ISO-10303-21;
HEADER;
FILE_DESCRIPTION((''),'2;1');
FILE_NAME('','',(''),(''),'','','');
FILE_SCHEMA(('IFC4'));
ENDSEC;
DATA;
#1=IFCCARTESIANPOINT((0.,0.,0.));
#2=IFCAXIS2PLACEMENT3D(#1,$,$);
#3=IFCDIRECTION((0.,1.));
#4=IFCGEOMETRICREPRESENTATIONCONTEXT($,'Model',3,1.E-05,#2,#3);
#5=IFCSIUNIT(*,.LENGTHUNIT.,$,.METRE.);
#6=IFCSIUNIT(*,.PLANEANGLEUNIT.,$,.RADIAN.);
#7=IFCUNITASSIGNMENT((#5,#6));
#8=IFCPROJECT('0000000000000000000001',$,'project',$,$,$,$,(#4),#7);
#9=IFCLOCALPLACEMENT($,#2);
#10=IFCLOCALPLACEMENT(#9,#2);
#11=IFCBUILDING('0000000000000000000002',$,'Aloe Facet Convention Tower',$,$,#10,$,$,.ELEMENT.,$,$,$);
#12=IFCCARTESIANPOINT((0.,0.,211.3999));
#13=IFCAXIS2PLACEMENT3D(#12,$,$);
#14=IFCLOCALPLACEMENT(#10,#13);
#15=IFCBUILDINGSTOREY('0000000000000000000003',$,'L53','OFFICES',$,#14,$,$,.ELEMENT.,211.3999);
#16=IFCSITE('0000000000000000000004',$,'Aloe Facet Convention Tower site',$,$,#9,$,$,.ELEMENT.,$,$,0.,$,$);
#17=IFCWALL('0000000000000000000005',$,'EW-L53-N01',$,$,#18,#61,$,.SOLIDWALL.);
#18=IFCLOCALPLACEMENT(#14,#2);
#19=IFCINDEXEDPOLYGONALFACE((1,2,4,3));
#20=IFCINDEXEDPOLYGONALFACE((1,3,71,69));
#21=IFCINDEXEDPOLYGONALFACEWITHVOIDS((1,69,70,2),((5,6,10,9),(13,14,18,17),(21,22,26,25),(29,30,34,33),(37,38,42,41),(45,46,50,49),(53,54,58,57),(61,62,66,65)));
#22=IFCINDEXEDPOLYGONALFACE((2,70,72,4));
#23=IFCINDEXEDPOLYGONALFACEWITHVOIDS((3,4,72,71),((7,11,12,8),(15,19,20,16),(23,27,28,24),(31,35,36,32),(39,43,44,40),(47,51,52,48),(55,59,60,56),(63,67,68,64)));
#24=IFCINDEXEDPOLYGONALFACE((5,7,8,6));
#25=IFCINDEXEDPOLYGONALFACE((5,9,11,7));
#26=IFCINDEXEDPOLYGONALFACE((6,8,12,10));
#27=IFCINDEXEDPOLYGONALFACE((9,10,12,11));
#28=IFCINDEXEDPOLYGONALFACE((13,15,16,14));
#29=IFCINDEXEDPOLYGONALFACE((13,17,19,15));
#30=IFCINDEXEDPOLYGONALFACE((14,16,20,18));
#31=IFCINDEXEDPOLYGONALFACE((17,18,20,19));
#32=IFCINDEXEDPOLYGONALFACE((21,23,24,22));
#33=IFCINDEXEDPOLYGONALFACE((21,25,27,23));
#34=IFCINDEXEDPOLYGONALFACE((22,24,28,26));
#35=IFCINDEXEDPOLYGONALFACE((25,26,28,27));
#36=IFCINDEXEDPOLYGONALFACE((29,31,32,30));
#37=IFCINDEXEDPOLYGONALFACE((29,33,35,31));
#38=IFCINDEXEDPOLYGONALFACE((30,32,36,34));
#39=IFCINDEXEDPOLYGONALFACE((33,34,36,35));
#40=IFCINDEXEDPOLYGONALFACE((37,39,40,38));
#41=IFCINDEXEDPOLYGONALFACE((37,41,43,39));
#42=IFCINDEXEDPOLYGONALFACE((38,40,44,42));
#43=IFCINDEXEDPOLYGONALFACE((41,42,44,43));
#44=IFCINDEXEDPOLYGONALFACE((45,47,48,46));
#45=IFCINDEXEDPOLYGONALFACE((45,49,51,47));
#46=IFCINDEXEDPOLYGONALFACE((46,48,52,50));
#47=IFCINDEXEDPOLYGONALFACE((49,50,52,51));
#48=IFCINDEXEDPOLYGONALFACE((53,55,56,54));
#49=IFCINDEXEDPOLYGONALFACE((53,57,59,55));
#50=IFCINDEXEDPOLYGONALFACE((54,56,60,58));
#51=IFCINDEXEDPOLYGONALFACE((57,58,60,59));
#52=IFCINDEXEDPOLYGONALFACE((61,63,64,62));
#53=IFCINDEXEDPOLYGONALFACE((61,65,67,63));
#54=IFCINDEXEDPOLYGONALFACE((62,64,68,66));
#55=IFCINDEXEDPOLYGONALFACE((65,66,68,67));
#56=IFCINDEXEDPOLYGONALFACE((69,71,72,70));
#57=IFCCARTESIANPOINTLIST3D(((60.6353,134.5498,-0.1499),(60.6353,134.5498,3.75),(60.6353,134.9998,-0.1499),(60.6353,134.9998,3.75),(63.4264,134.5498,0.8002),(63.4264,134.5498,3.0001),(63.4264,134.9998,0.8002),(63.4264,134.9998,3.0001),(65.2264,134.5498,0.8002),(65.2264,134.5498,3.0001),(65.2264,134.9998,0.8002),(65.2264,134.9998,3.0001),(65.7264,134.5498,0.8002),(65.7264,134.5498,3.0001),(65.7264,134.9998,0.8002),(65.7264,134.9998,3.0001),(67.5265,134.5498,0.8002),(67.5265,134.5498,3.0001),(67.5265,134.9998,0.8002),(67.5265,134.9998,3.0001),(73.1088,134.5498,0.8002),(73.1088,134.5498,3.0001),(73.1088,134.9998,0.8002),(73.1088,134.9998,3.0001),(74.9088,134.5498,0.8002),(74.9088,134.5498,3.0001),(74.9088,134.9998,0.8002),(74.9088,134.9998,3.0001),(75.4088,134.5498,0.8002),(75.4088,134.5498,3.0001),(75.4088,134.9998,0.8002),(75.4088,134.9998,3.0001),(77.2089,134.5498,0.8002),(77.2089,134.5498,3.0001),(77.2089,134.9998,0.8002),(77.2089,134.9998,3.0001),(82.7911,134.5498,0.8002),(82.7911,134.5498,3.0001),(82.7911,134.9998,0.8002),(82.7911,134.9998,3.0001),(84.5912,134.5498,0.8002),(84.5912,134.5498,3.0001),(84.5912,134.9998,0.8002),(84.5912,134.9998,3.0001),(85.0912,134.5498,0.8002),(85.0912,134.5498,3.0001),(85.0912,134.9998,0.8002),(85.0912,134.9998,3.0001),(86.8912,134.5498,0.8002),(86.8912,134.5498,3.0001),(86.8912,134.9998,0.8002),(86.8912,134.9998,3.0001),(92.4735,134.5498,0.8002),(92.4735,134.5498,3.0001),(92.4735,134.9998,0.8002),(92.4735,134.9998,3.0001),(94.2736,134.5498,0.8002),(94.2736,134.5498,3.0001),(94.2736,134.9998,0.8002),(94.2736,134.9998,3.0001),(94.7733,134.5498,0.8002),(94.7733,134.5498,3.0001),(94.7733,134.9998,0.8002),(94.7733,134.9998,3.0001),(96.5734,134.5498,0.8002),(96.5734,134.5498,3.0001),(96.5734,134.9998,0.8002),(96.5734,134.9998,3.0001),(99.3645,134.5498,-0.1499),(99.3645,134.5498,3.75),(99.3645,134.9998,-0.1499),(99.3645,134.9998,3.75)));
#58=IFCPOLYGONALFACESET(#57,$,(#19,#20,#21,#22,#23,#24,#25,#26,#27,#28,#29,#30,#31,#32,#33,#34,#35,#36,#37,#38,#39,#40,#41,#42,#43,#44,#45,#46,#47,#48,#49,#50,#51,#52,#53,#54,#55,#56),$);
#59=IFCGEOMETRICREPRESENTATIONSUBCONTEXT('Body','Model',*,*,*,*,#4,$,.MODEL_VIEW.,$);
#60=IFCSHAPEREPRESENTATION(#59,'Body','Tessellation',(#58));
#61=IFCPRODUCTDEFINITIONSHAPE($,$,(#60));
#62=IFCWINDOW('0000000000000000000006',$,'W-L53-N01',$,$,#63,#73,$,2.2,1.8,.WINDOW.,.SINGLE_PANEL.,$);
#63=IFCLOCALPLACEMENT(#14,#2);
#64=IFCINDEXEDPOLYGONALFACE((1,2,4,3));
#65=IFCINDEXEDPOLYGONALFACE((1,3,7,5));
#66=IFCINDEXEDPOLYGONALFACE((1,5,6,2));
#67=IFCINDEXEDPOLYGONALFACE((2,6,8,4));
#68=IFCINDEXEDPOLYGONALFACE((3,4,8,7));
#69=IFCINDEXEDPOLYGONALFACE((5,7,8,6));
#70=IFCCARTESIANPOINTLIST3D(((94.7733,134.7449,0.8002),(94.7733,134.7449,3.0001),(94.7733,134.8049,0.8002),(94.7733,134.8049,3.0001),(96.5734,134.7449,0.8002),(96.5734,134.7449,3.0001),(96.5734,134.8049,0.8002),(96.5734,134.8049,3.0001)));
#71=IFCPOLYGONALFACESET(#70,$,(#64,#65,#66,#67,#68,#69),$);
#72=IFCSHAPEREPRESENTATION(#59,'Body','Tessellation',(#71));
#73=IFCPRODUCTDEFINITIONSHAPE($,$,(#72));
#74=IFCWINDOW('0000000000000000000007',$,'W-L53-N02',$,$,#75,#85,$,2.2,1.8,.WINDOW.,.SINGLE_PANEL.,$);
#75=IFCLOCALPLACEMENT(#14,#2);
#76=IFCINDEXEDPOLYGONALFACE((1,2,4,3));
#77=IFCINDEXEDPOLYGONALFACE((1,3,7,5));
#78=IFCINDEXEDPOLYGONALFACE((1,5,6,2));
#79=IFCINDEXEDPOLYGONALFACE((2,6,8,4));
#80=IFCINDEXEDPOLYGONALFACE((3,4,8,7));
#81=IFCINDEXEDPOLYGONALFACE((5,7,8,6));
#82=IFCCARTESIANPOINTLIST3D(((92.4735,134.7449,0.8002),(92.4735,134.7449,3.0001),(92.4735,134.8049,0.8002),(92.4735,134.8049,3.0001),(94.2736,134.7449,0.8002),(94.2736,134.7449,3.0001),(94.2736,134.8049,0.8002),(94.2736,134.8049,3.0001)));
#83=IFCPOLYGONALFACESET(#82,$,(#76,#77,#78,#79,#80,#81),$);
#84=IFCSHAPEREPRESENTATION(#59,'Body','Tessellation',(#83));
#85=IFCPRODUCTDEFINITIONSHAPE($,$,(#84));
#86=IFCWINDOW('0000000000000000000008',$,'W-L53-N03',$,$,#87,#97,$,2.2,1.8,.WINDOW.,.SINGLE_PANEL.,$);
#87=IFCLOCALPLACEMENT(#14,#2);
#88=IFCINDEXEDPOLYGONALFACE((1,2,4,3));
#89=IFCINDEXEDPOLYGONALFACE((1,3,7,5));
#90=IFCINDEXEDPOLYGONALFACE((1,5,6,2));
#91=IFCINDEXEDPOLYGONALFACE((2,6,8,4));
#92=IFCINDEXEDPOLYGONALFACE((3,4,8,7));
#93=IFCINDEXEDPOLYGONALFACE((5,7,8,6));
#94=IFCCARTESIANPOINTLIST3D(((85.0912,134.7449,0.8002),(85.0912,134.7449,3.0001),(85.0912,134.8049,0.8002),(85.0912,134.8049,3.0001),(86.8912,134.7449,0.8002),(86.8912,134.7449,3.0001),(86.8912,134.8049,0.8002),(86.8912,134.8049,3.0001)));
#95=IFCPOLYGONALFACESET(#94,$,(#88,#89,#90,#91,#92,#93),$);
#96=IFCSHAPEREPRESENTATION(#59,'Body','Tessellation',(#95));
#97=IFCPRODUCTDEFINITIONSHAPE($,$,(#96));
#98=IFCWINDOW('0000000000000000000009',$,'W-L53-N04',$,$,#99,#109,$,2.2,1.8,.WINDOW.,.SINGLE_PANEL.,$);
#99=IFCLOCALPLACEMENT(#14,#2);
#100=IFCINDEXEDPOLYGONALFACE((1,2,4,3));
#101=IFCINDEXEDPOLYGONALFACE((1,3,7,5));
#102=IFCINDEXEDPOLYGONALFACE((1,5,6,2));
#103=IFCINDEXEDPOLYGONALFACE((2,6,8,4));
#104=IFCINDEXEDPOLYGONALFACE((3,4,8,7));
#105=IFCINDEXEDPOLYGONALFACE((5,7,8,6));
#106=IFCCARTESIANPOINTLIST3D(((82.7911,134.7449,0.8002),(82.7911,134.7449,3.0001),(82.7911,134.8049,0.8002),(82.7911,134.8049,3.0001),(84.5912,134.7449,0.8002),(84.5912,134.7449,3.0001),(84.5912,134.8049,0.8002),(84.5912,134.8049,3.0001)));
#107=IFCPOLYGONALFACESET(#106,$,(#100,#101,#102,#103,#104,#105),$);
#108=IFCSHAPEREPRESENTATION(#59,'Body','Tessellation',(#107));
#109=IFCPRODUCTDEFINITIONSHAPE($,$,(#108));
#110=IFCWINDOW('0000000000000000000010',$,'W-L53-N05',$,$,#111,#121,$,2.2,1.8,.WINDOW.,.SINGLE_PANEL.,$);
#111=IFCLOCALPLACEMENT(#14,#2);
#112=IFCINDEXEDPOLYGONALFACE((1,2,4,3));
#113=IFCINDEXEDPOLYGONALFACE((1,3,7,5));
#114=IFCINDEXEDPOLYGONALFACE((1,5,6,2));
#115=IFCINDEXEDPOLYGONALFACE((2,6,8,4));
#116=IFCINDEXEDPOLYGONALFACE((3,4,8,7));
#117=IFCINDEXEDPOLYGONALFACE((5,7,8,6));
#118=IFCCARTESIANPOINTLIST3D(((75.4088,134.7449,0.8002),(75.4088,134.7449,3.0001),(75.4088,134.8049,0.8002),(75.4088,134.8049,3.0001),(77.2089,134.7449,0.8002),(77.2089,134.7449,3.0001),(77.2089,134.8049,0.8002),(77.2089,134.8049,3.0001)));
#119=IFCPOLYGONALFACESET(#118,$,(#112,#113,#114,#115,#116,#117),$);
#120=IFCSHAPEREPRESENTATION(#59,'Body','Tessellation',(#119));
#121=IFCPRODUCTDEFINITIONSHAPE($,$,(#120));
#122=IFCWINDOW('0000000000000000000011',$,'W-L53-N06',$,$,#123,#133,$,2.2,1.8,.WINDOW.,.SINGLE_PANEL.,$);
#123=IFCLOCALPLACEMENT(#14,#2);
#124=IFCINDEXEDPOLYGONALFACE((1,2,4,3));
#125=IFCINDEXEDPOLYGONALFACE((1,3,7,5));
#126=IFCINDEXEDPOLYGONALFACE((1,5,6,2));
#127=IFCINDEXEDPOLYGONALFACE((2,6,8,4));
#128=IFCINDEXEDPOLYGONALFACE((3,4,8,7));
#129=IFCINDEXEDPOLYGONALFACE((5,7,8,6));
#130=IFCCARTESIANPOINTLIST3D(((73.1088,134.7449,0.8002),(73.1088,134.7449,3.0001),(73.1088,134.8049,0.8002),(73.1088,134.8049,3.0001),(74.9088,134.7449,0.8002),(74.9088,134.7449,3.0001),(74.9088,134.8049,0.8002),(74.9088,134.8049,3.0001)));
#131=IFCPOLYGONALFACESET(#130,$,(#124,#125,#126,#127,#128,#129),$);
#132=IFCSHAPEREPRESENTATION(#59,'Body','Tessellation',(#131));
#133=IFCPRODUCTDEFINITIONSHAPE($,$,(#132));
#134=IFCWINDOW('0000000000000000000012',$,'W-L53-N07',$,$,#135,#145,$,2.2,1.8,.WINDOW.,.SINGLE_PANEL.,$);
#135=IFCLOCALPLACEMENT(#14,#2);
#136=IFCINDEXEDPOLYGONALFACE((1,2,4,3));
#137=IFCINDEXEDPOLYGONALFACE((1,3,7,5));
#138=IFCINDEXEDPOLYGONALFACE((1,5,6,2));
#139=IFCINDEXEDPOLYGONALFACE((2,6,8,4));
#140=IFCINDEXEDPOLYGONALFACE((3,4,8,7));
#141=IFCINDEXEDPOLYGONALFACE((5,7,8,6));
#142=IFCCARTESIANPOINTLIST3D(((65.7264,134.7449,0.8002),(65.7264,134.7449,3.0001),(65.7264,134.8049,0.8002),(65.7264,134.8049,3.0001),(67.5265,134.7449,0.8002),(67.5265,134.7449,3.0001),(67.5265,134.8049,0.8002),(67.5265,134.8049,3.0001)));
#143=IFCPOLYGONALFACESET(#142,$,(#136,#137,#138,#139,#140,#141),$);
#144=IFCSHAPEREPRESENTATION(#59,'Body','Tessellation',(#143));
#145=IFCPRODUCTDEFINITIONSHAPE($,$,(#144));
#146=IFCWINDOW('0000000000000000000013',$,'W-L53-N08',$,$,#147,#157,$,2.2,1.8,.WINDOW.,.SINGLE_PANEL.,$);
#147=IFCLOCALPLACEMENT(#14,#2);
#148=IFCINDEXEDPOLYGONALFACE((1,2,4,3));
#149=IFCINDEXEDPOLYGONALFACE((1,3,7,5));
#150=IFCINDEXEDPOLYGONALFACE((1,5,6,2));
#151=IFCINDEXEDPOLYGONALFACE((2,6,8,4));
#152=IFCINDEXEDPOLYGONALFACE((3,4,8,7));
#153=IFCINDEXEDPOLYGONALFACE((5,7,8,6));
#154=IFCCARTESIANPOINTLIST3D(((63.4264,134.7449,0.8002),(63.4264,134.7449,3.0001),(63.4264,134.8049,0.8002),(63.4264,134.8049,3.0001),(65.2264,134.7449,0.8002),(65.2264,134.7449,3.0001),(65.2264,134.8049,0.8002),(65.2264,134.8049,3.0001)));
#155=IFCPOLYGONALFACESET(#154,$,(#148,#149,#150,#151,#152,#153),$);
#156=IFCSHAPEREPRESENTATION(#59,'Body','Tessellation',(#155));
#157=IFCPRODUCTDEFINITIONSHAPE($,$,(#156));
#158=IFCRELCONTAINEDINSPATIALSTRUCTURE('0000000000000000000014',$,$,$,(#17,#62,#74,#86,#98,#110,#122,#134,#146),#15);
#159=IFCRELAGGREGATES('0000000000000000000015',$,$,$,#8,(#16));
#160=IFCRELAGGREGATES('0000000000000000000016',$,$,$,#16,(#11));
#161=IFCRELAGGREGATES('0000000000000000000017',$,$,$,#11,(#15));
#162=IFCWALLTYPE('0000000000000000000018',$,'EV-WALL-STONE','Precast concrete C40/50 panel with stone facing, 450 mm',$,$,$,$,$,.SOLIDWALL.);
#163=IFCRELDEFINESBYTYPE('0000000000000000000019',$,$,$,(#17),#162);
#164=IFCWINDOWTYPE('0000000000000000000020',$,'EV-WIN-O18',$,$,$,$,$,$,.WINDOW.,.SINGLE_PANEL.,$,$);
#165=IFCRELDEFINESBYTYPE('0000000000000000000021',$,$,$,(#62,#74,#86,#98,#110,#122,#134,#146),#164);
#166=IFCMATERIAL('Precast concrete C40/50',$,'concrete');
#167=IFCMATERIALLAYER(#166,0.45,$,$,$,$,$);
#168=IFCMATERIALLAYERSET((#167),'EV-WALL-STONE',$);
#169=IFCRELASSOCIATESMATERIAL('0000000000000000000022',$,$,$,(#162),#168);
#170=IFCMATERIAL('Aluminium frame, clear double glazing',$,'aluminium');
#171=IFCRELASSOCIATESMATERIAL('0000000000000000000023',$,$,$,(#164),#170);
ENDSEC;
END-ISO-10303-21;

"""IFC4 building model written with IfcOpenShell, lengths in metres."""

from ifc_helpers import new_model, si_unit, direction, frame, frame_2d, origin, place, context, subcontext, project, spatial, polyline, rectangle, outline, extrude, material, layer, layer_set, type_object, element, fill, save


model = new_model("IFC4")

# Units and contexts
model_context = context("Model", 3, precision=1e-05, world=origin(), true_north=direction((0.0, 1.0)))
body_context = subcontext(model_context, "Body", "Model", "MODEL_VIEW")
ifc_project = project(units=[si_unit("LENGTHUNIT", "METRE"), si_unit("PLANEANGLEUNIT", "RADIAN")], contexts=[model_context])

# Site, building, storey
site_placement = place(None, origin())
site = spatial("IfcSite", under=ifc_project, at=site_placement, Name="Aloe Facet Convention Tower site", CompositionType="ELEMENT", RefElevation=0.0)
building_placement = place(site_placement, origin())
building = spatial("IfcBuilding", under=site, at=building_placement, Name="Aloe Facet Convention Tower", CompositionType="ELEMENT")
storey_placement = place(building_placement, frame((0.0, 0.0, 211.3999)))
storey = spatial("IfcBuildingStorey", under=building, at=storey_placement, Name="L53", Description="OFFICES", CompositionType="ELEMENT", Elevation=211.3999)

# Wall, openings, windows
ifc_material_1 = material(Name="Precast concrete C40/50", Category="concrete")
ifc_layer_1 = layer(ifc_material_1, 0.45)
ifc_layer_set_1 = layer_set([ifc_layer_1], Name="EV-WALL-STONE")
wall_type_1 = type_object("IfcWallType", Name="EV-WALL-STONE", Description="Precast concrete C40/50 panel with stone facing, 450 mm", PredefinedType="SOLIDWALL", material=ifc_layer_set_1)
wall_1_placement = place(storey_placement, frame((99.3645, 134.7749, -0.1499), z_axis=(0.0, 0.0, 1.0), x_axis=(-1.0, 0.0, 0.0)))
wall_1 = element("IfcWall", 1, at=wall_1_placement, inside=storey, type_object=wall_type_1, Name="EW-L53-N01", PredefinedType="SOLIDWALL", context=body_context, shape_type="SweptSolid", body=[
    extrude(outline(polyline([(38.7292, 0.0), (38.7292, 3.8999), (0.0, 3.8999), (0.0, 0.0), (38.7292, 0.0)])), frame((0.0, 0.2251, 0.0), z_axis=(0.0, -1.0, 0.0), x_axis=(1.0, 0.0, 0.0)), (0.0, 0.0, 1.0), 0.45),
])
opening_1_placement = place(wall_1_placement, frame((2.7913, 0.0, 0.95)))
opening_1 = element("IfcOpeningElement", 2, at=opening_1_placement, cuts=wall_1, PredefinedType="OPENING", context=body_context, shape_type="SweptSolid", body=[
    extrude(rectangle(XDim=1.8, YDim=2.2, at=frame_2d((0.8999, 1.1001))), frame((0.0, 0.2349, 0.0), z_axis=(0.0, -1.0, 0.0), x_axis=(1.0, 0.0, 0.0)), (0.0, 0.0, 1.0), 0.47),
])
opening_2_placement = place(wall_1_placement, frame((5.0911, 0.0, 0.95)))
opening_2 = element("IfcOpeningElement", 3, at=opening_2_placement, cuts=wall_1, PredefinedType="OPENING", context=body_context, shape_type="SweptSolid", body=[
    extrude(rectangle(XDim=1.8, YDim=2.2, at=frame_2d((0.8999, 1.1001))), frame((0.0, 0.2349, 0.0), z_axis=(0.0, -1.0, 0.0), x_axis=(1.0, 0.0, 0.0)), (0.0, 0.0, 1.0), 0.47),
])
opening_3_placement = place(wall_1_placement, frame((12.4734, 0.0, 0.95)))
opening_3 = element("IfcOpeningElement", 4, at=opening_3_placement, cuts=wall_1, PredefinedType="OPENING", context=body_context, shape_type="SweptSolid", body=[
    extrude(rectangle(XDim=1.8, YDim=2.2, at=frame_2d((0.8999, 1.1001))), frame((0.0, 0.2349, 0.0), z_axis=(0.0, -1.0, 0.0), x_axis=(1.0, 0.0, 0.0)), (0.0, 0.0, 1.0), 0.47),
])
opening_4_placement = place(wall_1_placement, frame((14.7734, 0.0, 0.95)))
opening_4 = element("IfcOpeningElement", 5, at=opening_4_placement, cuts=wall_1, PredefinedType="OPENING", context=body_context, shape_type="SweptSolid", body=[
    extrude(rectangle(XDim=1.8, YDim=2.2, at=frame_2d((0.8999, 1.1001))), frame((0.0, 0.2349, 0.0), z_axis=(0.0, -1.0, 0.0), x_axis=(1.0, 0.0, 0.0)), (0.0, 0.0, 1.0), 0.47),
])
opening_5_placement = place(wall_1_placement, frame((22.1558, 0.0, 0.95)))
opening_5 = element("IfcOpeningElement", 6, at=opening_5_placement, cuts=wall_1, PredefinedType="OPENING", context=body_context, shape_type="SweptSolid", body=[
    extrude(rectangle(XDim=1.8, YDim=2.2, at=frame_2d((0.8999, 1.1001))), frame((0.0, 0.2349, 0.0), z_axis=(0.0, -1.0, 0.0), x_axis=(1.0, 0.0, 0.0)), (0.0, 0.0, 1.0), 0.47),
])
opening_6_placement = place(wall_1_placement, frame((24.4558, 0.0, 0.95)))
opening_6 = element("IfcOpeningElement", 7, at=opening_6_placement, cuts=wall_1, PredefinedType="OPENING", context=body_context, shape_type="SweptSolid", body=[
    extrude(rectangle(XDim=1.8, YDim=2.2, at=frame_2d((0.8999, 1.1001))), frame((0.0, 0.2349, 0.0), z_axis=(0.0, -1.0, 0.0), x_axis=(1.0, 0.0, 0.0)), (0.0, 0.0, 1.0), 0.47),
])
opening_7_placement = place(wall_1_placement, frame((31.8381, 0.0, 0.95)))
opening_7 = element("IfcOpeningElement", 8, at=opening_7_placement, cuts=wall_1, PredefinedType="OPENING", context=body_context, shape_type="SweptSolid", body=[
    extrude(rectangle(XDim=1.8, YDim=2.2, at=frame_2d((0.8999, 1.1001))), frame((0.0, 0.2349, 0.0), z_axis=(0.0, -1.0, 0.0), x_axis=(1.0, 0.0, 0.0)), (0.0, 0.0, 1.0), 0.47),
])
opening_8_placement = place(wall_1_placement, frame((34.1382, 0.0, 0.95)))
opening_8 = element("IfcOpeningElement", 9, at=opening_8_placement, cuts=wall_1, PredefinedType="OPENING", context=body_context, shape_type="SweptSolid", body=[
    extrude(rectangle(XDim=1.8, YDim=2.2, at=frame_2d((0.8999, 1.1001))), frame((0.0, 0.2349, 0.0), z_axis=(0.0, -1.0, 0.0), x_axis=(1.0, 0.0, 0.0)), (0.0, 0.0, 1.0), 0.47),
])
ifc_material_2 = material(Name="Aluminium frame, clear double glazing", Category="aluminium")
window_type = type_object("IfcWindowType", Name="EV-WIN-O18", PartitioningType="SINGLE_PANEL", PredefinedType="WINDOW", material=ifc_material_2)
window_1_placement = place(opening_1_placement, origin())
window_1 = element("IfcWindow", 10, at=window_1_placement, inside=storey, type_object=window_type, Name="W-L53-N01", OverallHeight=2.2, OverallWidth=1.8, PartitioningType="SINGLE_PANEL", PredefinedType="WINDOW", context=body_context, shape_type="SweptSolid", body=[
    extrude(rectangle(XDim=1.8, YDim=2.2, at=frame_2d((0.8999, 1.1001))), frame((0.0, 0.03, 0.0), z_axis=(0.0, -1.0, 0.0), x_axis=(1.0, 0.0, 0.0)), (0.0, 0.0, 1.0), 0.0601),
])
fill(opening_1, window_1)
window_2_placement = place(opening_2_placement, origin())
window_2 = element("IfcWindow", 11, at=window_2_placement, inside=storey, type_object=window_type, Name="W-L53-N02", OverallHeight=2.2, OverallWidth=1.8, PartitioningType="SINGLE_PANEL", PredefinedType="WINDOW", context=body_context, shape_type="SweptSolid", body=[
    extrude(rectangle(XDim=1.8, YDim=2.2, at=frame_2d((0.8999, 1.1001))), frame((0.0, 0.03, 0.0), z_axis=(0.0, -1.0, 0.0), x_axis=(1.0, 0.0, 0.0)), (0.0, 0.0, 1.0), 0.0601),
])
fill(opening_2, window_2)
window_3_placement = place(opening_3_placement, origin())
window_3 = element("IfcWindow", 12, at=window_3_placement, inside=storey, type_object=window_type, Name="W-L53-N03", OverallHeight=2.2, OverallWidth=1.8, PartitioningType="SINGLE_PANEL", PredefinedType="WINDOW", context=body_context, shape_type="SweptSolid", body=[
    extrude(rectangle(XDim=1.8, YDim=2.2, at=frame_2d((0.8999, 1.1001))), frame((0.0, 0.03, 0.0), z_axis=(0.0, -1.0, 0.0), x_axis=(1.0, 0.0, 0.0)), (0.0, 0.0, 1.0), 0.0601),
])
fill(opening_3, window_3)
window_4_placement = place(opening_4_placement, origin())
window_4 = element("IfcWindow", 13, at=window_4_placement, inside=storey, type_object=window_type, Name="W-L53-N04", OverallHeight=2.2, OverallWidth=1.8, PartitioningType="SINGLE_PANEL", PredefinedType="WINDOW", context=body_context, shape_type="SweptSolid", body=[
    extrude(rectangle(XDim=1.8, YDim=2.2, at=frame_2d((0.8999, 1.1001))), frame((0.0, 0.03, 0.0), z_axis=(0.0, -1.0, 0.0), x_axis=(1.0, 0.0, 0.0)), (0.0, 0.0, 1.0), 0.0601),
])
fill(opening_4, window_4)
window_5_placement = place(opening_5_placement, origin())
window_5 = element("IfcWindow", 14, at=window_5_placement, inside=storey, type_object=window_type, Name="W-L53-N05", OverallHeight=2.2, OverallWidth=1.8, PartitioningType="SINGLE_PANEL", PredefinedType="WINDOW", context=body_context, shape_type="SweptSolid", body=[
    extrude(rectangle(XDim=1.8, YDim=2.2, at=frame_2d((0.8999, 1.1001))), frame((0.0, 0.03, 0.0), z_axis=(0.0, -1.0, 0.0), x_axis=(1.0, 0.0, 0.0)), (0.0, 0.0, 1.0), 0.0601),
])
fill(opening_5, window_5)
window_6_placement = place(opening_6_placement, origin())
window_6 = element("IfcWindow", 15, at=window_6_placement, inside=storey, type_object=window_type, Name="W-L53-N06", OverallHeight=2.2, OverallWidth=1.8, PartitioningType="SINGLE_PANEL", PredefinedType="WINDOW", context=body_context, shape_type="SweptSolid", body=[
    extrude(rectangle(XDim=1.8, YDim=2.2, at=frame_2d((0.8999, 1.1001))), frame((0.0, 0.03, 0.0), z_axis=(0.0, -1.0, 0.0), x_axis=(1.0, 0.0, 0.0)), (0.0, 0.0, 1.0), 0.0601),
])
fill(opening_6, window_6)
window_7_placement = place(opening_7_placement, origin())
window_7 = element("IfcWindow", 16, at=window_7_placement, inside=storey, type_object=window_type, Name="W-L53-N07", OverallHeight=2.2, OverallWidth=1.8, PartitioningType="SINGLE_PANEL", PredefinedType="WINDOW", context=body_context, shape_type="SweptSolid", body=[
    extrude(rectangle(XDim=1.8, YDim=2.2, at=frame_2d((0.8999, 1.1001))), frame((0.0, 0.03, 0.0), z_axis=(0.0, -1.0, 0.0), x_axis=(1.0, 0.0, 0.0)), (0.0, 0.0, 1.0), 0.0601),
])
fill(opening_7, window_7)
window_8_placement = place(opening_8_placement, origin())
window_8 = element("IfcWindow", 17, at=window_8_placement, inside=storey, type_object=window_type, Name="W-L53-N08", OverallHeight=2.2, OverallWidth=1.8, PartitioningType="SINGLE_PANEL", PredefinedType="WINDOW", context=body_context, shape_type="SweptSolid", body=[
    extrude(rectangle(XDim=1.8, YDim=2.2, at=frame_2d((0.8999, 1.1001))), frame((0.0, 0.03, 0.0), z_axis=(0.0, -1.0, 0.0), x_axis=(1.0, 0.0, 0.0)), (0.0, 0.0, 1.0), 0.0601),
])
fill(opening_8, window_8)

save(model, "model.ifc")
